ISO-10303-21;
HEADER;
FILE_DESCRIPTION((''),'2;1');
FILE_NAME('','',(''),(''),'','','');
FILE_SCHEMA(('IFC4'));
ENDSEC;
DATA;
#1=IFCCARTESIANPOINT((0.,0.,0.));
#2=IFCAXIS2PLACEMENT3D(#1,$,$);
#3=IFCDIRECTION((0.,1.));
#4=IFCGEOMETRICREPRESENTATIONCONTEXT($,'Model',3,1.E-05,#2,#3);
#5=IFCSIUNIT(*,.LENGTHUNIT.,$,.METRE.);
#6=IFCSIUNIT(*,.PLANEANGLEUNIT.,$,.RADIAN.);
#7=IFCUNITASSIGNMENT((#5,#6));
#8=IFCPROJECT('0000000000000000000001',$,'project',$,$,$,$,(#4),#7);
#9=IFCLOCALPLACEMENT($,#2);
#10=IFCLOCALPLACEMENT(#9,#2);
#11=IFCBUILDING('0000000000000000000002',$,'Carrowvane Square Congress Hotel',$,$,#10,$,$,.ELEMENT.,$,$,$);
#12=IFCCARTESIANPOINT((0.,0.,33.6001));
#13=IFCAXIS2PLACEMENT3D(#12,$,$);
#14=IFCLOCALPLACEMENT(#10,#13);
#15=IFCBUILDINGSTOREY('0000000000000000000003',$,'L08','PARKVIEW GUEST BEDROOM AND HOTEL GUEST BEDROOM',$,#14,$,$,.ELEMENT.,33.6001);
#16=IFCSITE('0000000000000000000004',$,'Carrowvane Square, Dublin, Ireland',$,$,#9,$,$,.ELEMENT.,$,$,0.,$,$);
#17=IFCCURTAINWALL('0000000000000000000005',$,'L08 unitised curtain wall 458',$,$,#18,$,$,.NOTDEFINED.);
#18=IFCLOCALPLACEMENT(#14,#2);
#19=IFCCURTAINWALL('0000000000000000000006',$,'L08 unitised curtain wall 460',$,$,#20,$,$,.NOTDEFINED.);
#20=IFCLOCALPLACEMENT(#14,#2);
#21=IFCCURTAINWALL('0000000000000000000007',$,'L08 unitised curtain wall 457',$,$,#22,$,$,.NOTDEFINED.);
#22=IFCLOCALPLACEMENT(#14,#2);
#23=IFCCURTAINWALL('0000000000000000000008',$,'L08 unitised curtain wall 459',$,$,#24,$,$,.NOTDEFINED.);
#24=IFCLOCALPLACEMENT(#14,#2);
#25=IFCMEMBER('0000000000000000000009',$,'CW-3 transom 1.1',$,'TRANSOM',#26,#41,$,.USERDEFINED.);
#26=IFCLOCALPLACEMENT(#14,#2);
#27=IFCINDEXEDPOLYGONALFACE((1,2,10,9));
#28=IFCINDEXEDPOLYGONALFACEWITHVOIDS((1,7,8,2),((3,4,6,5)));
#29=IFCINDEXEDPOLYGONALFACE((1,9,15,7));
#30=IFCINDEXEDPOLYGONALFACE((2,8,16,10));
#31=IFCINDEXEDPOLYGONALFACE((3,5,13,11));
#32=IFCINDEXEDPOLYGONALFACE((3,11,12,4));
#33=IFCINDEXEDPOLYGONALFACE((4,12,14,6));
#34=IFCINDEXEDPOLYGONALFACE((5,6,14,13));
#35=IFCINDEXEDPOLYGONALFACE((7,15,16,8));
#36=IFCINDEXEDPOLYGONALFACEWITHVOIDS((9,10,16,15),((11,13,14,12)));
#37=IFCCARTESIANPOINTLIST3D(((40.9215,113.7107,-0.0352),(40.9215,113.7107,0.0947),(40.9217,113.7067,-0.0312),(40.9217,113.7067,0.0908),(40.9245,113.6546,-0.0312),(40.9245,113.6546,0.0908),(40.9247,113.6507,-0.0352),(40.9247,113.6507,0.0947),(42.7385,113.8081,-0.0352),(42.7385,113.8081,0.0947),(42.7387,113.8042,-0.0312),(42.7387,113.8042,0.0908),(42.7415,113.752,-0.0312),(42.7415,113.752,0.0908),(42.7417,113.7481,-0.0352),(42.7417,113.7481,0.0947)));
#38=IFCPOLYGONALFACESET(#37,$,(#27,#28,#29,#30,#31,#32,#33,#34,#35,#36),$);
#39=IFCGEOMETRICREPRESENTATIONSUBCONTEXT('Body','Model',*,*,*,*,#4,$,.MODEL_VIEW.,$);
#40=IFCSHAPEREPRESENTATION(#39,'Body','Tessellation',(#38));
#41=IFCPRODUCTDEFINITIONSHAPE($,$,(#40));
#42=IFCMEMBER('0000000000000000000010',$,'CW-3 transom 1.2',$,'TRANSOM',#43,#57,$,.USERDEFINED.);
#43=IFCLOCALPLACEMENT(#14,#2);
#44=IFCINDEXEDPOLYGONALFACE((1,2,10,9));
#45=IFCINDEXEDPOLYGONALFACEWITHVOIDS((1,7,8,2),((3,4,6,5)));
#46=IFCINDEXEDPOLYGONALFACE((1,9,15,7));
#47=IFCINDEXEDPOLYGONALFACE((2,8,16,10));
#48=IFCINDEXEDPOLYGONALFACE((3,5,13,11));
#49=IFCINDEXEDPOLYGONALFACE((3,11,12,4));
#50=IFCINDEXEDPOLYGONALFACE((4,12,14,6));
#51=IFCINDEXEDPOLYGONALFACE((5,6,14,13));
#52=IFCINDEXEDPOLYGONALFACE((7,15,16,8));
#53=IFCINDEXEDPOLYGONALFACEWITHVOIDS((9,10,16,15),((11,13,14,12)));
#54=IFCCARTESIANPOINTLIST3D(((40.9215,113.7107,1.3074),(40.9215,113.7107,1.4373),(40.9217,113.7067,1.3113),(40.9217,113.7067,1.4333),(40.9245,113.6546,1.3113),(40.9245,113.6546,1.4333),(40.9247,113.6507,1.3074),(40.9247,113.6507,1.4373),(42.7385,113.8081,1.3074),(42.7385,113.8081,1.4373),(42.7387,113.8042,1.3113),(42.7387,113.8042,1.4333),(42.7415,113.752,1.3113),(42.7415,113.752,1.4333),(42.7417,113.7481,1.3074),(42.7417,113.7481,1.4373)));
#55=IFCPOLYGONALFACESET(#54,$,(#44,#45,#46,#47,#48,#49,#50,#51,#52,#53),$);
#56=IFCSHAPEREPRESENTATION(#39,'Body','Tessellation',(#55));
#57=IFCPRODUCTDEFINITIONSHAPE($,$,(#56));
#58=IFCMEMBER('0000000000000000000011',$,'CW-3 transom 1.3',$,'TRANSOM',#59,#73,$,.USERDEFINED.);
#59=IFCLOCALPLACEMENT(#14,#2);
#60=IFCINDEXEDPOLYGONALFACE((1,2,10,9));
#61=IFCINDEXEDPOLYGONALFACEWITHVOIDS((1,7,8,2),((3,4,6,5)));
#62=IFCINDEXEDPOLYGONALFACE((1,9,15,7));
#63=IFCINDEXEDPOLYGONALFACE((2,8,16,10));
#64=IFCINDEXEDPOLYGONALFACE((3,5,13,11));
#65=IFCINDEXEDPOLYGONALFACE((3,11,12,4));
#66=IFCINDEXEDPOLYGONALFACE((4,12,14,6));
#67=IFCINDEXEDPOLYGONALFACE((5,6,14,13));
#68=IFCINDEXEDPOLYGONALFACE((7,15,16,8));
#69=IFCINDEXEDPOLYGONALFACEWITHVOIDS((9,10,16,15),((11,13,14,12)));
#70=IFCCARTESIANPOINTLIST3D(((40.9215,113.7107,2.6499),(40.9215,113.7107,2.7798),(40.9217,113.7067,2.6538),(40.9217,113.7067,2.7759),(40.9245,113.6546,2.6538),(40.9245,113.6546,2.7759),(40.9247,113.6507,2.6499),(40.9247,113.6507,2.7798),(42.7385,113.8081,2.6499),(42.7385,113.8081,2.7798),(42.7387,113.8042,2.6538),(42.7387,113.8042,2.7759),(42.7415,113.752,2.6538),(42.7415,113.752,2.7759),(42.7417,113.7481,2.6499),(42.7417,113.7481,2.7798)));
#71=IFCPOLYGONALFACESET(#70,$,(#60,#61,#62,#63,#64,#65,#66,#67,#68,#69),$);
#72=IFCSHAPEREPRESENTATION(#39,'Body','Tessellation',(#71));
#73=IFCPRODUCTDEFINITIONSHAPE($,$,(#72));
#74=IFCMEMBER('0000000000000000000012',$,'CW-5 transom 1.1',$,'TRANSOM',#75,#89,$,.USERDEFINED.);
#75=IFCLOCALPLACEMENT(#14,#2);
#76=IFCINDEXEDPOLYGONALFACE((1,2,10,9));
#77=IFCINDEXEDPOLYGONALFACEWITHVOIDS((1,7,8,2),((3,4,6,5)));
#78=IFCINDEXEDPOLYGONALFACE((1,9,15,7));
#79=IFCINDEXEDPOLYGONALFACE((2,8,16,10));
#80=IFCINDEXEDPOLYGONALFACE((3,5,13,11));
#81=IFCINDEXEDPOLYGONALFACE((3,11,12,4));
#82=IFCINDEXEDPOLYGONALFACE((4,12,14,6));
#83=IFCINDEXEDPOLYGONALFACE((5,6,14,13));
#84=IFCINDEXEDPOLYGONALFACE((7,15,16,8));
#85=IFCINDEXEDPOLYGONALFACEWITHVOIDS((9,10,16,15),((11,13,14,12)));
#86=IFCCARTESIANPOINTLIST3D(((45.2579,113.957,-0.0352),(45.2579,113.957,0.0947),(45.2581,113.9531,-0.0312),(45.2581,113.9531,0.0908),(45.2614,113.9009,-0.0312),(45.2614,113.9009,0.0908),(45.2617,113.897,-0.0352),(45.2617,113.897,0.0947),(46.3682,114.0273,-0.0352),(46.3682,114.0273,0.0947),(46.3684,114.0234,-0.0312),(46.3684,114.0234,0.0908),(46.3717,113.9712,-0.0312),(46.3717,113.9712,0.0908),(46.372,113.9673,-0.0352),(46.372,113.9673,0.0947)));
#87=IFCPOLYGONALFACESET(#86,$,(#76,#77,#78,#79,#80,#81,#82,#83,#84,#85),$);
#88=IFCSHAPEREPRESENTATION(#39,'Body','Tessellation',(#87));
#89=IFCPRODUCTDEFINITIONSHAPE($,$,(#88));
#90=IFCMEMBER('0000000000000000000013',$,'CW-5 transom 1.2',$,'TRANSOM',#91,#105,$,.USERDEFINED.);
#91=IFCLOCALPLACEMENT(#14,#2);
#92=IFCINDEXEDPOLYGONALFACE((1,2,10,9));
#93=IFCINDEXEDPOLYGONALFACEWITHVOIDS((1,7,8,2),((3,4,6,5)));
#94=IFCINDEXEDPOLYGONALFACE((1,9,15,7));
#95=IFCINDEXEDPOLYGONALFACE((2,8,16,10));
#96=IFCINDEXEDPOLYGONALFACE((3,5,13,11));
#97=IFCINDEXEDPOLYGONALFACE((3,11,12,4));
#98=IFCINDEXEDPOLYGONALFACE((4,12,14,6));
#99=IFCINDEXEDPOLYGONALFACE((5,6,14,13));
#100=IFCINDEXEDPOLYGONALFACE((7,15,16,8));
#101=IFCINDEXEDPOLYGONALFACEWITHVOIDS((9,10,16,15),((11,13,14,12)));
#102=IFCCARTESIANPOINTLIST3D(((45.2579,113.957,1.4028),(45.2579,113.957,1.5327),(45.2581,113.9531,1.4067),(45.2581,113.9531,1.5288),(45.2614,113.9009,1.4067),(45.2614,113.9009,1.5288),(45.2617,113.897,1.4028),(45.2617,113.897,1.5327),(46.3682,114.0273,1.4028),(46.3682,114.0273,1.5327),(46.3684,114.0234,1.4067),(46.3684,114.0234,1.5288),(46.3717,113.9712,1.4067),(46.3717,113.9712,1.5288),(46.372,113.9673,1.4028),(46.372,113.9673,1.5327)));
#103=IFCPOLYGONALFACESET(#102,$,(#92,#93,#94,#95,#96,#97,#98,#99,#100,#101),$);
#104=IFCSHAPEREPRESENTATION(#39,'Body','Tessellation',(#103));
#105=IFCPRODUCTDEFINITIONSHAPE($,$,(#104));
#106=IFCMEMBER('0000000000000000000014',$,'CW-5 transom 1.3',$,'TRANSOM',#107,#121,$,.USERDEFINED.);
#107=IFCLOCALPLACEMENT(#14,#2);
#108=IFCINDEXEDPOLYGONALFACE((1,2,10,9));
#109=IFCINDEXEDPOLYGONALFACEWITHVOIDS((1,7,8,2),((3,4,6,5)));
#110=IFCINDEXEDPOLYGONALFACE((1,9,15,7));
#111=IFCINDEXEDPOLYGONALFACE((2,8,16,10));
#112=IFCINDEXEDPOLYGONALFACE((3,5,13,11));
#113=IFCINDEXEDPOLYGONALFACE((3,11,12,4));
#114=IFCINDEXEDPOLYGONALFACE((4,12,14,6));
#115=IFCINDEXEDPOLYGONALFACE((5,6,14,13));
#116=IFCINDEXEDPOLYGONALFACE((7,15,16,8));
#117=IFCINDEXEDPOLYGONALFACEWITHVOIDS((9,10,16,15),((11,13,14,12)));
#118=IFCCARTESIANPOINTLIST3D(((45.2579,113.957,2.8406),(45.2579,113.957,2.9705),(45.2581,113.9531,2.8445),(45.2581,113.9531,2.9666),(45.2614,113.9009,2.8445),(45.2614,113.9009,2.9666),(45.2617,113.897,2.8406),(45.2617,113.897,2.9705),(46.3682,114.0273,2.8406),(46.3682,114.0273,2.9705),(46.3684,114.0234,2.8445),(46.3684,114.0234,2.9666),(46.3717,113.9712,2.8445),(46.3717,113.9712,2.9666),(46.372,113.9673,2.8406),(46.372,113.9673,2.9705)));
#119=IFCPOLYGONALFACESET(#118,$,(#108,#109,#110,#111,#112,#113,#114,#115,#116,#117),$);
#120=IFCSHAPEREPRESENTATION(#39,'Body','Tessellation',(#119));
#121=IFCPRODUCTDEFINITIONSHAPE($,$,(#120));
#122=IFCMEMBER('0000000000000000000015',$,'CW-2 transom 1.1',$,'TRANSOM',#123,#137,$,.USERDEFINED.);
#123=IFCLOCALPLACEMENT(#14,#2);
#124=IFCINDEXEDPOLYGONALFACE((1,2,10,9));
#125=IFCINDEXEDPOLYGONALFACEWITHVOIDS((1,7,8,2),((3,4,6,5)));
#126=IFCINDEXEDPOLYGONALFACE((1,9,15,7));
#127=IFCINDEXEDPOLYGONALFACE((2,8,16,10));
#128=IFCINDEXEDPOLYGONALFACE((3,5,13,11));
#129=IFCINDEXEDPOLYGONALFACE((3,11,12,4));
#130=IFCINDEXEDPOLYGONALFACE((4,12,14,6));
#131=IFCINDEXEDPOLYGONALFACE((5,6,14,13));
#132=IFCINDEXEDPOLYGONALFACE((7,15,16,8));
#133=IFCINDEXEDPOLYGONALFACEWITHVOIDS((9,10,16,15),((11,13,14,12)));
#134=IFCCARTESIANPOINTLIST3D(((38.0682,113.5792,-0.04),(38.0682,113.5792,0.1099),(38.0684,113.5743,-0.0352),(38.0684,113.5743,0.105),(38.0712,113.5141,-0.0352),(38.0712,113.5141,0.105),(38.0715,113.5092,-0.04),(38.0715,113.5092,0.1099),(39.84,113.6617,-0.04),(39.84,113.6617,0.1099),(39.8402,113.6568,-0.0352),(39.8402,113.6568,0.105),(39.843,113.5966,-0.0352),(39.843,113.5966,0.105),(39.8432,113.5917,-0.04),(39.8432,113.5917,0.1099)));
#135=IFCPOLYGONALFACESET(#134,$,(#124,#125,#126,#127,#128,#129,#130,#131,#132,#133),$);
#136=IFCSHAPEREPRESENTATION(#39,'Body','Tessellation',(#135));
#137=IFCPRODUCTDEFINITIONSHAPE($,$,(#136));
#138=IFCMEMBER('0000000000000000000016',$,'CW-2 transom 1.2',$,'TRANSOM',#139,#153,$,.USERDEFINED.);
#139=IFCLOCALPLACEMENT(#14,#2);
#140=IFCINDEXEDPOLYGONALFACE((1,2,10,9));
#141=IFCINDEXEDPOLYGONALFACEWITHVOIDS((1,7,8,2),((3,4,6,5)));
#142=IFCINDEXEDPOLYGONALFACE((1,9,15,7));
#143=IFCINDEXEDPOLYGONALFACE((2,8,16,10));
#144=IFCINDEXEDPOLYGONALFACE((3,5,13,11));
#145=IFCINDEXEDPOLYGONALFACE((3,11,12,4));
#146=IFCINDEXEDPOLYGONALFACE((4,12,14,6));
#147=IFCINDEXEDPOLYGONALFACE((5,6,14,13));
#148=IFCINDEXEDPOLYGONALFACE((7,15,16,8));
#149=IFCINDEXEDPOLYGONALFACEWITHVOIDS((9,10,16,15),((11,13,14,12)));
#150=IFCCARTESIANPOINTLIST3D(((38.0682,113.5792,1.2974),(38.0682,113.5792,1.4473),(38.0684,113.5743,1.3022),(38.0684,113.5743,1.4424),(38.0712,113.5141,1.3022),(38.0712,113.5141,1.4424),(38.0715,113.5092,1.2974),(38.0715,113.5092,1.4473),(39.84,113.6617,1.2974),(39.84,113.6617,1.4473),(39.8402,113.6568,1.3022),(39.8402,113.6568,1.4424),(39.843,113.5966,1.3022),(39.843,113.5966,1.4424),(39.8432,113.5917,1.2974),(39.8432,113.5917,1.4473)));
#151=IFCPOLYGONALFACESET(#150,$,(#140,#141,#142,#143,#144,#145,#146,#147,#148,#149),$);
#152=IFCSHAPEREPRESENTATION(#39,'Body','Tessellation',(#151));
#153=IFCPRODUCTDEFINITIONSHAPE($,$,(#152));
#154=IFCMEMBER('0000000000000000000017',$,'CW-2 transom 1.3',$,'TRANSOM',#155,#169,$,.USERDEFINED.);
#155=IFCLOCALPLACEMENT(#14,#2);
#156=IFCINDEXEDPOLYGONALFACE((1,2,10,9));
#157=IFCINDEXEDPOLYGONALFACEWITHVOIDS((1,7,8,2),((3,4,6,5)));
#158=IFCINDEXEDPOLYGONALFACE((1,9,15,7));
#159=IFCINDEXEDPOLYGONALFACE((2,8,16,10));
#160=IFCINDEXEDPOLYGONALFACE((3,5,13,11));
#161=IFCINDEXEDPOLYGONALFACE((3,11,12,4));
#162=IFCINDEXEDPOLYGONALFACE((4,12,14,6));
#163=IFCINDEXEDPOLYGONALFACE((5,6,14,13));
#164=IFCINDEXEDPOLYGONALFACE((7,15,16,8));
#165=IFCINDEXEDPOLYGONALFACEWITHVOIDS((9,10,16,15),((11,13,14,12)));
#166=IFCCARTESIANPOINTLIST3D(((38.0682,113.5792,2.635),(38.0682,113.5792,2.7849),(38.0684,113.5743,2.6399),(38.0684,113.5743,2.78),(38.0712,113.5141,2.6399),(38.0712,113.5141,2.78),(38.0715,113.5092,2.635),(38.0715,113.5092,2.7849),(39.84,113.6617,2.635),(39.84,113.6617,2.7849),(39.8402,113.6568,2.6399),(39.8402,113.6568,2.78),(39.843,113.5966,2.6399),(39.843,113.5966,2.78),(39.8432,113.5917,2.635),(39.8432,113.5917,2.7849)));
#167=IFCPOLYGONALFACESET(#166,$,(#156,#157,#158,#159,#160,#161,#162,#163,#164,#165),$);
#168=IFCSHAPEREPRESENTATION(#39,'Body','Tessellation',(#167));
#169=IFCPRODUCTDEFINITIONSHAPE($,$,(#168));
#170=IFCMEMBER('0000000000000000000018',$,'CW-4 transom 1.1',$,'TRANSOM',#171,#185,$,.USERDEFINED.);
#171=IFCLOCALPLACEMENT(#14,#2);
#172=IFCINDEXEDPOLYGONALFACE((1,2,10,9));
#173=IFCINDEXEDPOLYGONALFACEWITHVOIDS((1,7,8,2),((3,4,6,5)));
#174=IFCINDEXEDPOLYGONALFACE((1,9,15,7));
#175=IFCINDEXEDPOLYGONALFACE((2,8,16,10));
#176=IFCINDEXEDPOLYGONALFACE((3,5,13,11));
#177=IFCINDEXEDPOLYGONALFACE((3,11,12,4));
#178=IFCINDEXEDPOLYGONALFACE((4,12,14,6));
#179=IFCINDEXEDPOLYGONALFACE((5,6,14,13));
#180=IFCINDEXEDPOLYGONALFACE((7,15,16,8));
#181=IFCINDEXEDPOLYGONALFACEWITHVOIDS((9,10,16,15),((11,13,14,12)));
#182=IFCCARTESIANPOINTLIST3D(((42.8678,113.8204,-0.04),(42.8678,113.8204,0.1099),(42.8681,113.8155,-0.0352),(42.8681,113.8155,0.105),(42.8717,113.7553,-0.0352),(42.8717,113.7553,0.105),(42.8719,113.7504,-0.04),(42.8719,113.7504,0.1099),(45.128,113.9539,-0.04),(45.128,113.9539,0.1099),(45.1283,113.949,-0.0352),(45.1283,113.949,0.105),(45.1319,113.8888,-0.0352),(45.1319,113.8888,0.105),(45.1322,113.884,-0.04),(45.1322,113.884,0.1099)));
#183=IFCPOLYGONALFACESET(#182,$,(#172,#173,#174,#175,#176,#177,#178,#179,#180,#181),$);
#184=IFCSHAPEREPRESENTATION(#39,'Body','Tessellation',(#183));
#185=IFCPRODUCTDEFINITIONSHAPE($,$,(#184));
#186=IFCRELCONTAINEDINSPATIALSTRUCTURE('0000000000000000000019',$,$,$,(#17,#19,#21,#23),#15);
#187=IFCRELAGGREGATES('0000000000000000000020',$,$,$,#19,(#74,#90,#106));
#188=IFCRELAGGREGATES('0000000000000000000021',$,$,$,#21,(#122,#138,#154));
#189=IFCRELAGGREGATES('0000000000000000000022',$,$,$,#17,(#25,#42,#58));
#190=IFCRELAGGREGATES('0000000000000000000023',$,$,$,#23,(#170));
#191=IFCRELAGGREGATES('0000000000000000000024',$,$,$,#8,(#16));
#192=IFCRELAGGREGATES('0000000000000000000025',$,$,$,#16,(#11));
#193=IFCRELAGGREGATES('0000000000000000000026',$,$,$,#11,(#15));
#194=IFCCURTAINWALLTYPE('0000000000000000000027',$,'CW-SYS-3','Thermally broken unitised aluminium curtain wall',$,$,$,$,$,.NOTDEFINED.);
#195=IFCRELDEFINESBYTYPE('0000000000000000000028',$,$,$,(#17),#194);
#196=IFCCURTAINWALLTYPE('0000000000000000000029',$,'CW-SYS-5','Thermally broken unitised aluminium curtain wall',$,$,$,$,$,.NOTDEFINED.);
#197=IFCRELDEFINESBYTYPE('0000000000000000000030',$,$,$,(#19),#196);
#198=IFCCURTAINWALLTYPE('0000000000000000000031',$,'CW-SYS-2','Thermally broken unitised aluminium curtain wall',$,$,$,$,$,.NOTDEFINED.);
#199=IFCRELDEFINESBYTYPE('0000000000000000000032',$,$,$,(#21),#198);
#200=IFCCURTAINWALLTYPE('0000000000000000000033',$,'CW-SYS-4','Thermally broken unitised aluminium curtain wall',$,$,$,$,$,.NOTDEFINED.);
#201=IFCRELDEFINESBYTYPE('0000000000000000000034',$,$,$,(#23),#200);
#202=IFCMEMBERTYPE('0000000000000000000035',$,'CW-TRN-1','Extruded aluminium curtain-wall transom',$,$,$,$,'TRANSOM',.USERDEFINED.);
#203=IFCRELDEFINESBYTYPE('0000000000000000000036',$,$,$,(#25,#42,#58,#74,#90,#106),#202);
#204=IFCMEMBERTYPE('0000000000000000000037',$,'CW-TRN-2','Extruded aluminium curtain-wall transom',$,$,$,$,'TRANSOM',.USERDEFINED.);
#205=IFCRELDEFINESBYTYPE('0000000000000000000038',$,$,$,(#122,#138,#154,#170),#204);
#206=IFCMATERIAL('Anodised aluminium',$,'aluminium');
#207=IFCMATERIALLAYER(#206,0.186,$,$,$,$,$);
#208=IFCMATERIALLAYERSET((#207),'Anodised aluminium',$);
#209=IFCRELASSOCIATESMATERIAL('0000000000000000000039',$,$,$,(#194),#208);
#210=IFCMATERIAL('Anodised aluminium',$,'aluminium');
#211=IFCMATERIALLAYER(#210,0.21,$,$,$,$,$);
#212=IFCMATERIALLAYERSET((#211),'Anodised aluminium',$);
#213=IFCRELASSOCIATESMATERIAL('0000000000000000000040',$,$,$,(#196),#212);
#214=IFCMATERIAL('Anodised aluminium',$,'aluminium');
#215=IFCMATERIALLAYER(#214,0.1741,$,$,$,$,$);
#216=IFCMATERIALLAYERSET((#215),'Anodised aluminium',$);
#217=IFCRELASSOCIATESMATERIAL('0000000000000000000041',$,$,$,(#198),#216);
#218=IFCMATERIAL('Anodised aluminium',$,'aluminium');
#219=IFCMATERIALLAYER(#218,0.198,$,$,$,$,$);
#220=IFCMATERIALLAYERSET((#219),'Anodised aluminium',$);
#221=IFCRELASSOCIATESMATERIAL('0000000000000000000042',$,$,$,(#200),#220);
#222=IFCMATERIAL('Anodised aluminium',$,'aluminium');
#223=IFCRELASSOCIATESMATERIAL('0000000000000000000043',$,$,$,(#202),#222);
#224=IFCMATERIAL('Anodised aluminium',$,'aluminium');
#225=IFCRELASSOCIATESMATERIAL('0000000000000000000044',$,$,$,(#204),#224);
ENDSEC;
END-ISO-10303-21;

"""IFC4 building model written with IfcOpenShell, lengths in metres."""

from ifc_helpers import new_model, si_unit, direction, frame, origin, origin_2d, place, context, subcontext, project, spatial, hollow_rectangle, extrude, material, layer, layer_set, material_profile, profile_set, type_object, element, aggregate, save


model = new_model("IFC4")

# Units and contexts
model_context = context("Model", 3, precision=1e-05, world=origin(), true_north=direction((0.0, 1.0)))
body_context = subcontext(model_context, "Body", "Model", "MODEL_VIEW")
ifc_project = project(units=[si_unit("LENGTHUNIT", "METRE"), si_unit("PLANEANGLEUNIT", "RADIAN")], contexts=[model_context])

# Site, building, storey
site_placement = place(None, origin())
site = spatial("IfcSite", under=ifc_project, at=site_placement, Name="Carrowvane Square, Dublin, Ireland", CompositionType="ELEMENT", RefElevation=0.0)
building_placement = place(site_placement, origin())
building = spatial("IfcBuilding", under=site, at=building_placement, Name="Carrowvane Square Congress Hotel", CompositionType="ELEMENT")
storey_placement = place(building_placement, frame((0.0, 0.0, 33.6001)))
storey = spatial("IfcBuildingStorey", under=building, at=storey_placement, Name="L08", Description="PARKVIEW GUEST BEDROOM AND HOTEL GUEST BEDROOM", CompositionType="ELEMENT", Elevation=33.6001)

# Curtain wall
ifc_material_1 = material(Name="Anodised aluminium", Category="aluminium")
ifc_layer_1 = layer(ifc_material_1, 0.186)
ifc_layer_set_1 = layer_set([ifc_layer_1], Name="Anodised aluminium")
curtain_wall_type_1 = type_object("IfcCurtainWallType", Name="CW-SYS-3", Description="Thermally broken unitised aluminium curtain wall", PredefinedType="NOTDEFINED", material=ifc_layer_set_1)
curtain_wall_1_placement = place(storey_placement, origin())
curtain_wall_1 = element("IfcCurtainWall", 1, at=curtain_wall_1_placement, inside=storey, type_object=curtain_wall_type_1, Name="L08 unitised curtain wall 458", PredefinedType="NOTDEFINED")

# Curtain wall
ifc_material_2 = material(Name="Anodised aluminium", Category="aluminium")
ifc_layer_2 = layer(ifc_material_2, 0.21)
ifc_layer_set_2 = layer_set([ifc_layer_2], Name="Anodised aluminium")
curtain_wall_type_2 = type_object("IfcCurtainWallType", Name="CW-SYS-5", Description="Thermally broken unitised aluminium curtain wall", PredefinedType="NOTDEFINED", material=ifc_layer_set_2)
curtain_wall_2_placement = place(storey_placement, origin())
curtain_wall_2 = element("IfcCurtainWall", 2, at=curtain_wall_2_placement, inside=storey, type_object=curtain_wall_type_2, Name="L08 unitised curtain wall 460", PredefinedType="NOTDEFINED")

# Curtain walls
ifc_material_3 = material(Name="Anodised aluminium", Category="aluminium")
ifc_layer_3 = layer(ifc_material_3, 0.1741)
ifc_layer_set_3 = layer_set([ifc_layer_3], Name="Anodised aluminium")
curtain_wall_type_3 = type_object("IfcCurtainWallType", Name="CW-SYS-2", Description="Thermally broken unitised aluminium curtain wall", PredefinedType="NOTDEFINED", material=ifc_layer_set_3)
curtain_wall_3_placement = place(storey_placement, origin())
curtain_wall_3 = element("IfcCurtainWall", 3, at=curtain_wall_3_placement, inside=storey, type_object=curtain_wall_type_3, Name="L08 unitised curtain wall 457", PredefinedType="NOTDEFINED")
ifc_material_4 = material(Name="Anodised aluminium", Category="aluminium")
ifc_layer_4 = layer(ifc_material_4, 0.198)
ifc_layer_set_4 = layer_set([ifc_layer_4], Name="Anodised aluminium")
curtain_wall_type_4 = type_object("IfcCurtainWallType", Name="CW-SYS-4", Description="Thermally broken unitised aluminium curtain wall", PredefinedType="NOTDEFINED", material=ifc_layer_set_4)
curtain_wall_4_placement = place(storey_placement, origin())
curtain_wall_4 = element("IfcCurtainWall", 4, at=curtain_wall_4_placement, inside=storey, type_object=curtain_wall_type_4, Name="L08 unitised curtain wall 459", PredefinedType="NOTDEFINED")

# Members
ifc_material_5 = material(Name="Anodised aluminium", Category="aluminium")
ifc_material_profile_1 = material_profile(ifc_material_5, hollow_rectangle(XDim=0.0601, YDim=0.1299, WallThickness=0.0039, at=origin_2d()), Name="CW-TR 60x130x4")
ifc_profile_set_1 = profile_set([ifc_material_profile_1], Name="Anodised aluminium")
member_type_1 = type_object("IfcMemberType", Name="CW-TRN-1", Description="Extruded aluminium curtain-wall transom", ElementType="TRANSOM", PredefinedType="USERDEFINED", material=ifc_profile_set_1)
member_1_placement = place(storey_placement, frame((40.9231, 113.6807, 0.0298), z_axis=(0.998566, 0.053538, 0.0), x_axis=(-0.053538, 0.998566, 0.0)))
member_1 = element("IfcMember", 5, at=member_1_placement, type_object=member_type_1, Name="CW-3 transom 1.1", ObjectType="TRANSOM", PredefinedType="USERDEFINED", context=body_context, shape_type="SweptSolid", body=[
    extrude(hollow_rectangle(XDim=0.0601, YDim=0.1299, WallThickness=0.0039, at=origin_2d()), origin(), (0.0, 0.0, 1.0), 1.8196),
])
member_2_placement = place(storey_placement, frame((40.9231, 113.6807, 1.3723), z_axis=(0.998566, 0.053538, 0.0), x_axis=(-0.053538, 0.998566, 0.0)))
member_2 = element("IfcMember", 6, at=member_2_placement, type_object=member_type_1, Name="CW-3 transom 1.2", ObjectType="TRANSOM", PredefinedType="USERDEFINED", context=body_context, shape_type="SweptSolid", body=[
    extrude(hollow_rectangle(XDim=0.0601, YDim=0.1299, WallThickness=0.0039, at=origin_2d()), origin(), (0.0, 0.0, 1.0), 1.8196),
])
member_3_placement = place(storey_placement, frame((40.9231, 113.6807, 2.7148), z_axis=(0.998566, 0.053538, 0.0), x_axis=(-0.053538, 0.998566, 0.0)))
member_3 = element("IfcMember", 7, at=member_3_placement, type_object=member_type_1, Name="CW-3 transom 1.3", ObjectType="TRANSOM", PredefinedType="USERDEFINED", context=body_context, shape_type="SweptSolid", body=[
    extrude(hollow_rectangle(XDim=0.0601, YDim=0.1299, WallThickness=0.0039, at=origin_2d()), origin(), (0.0, 0.0, 1.0), 1.8196),
])
member_4_placement = place(storey_placement, frame((45.2598, 113.927, 0.0298), z_axis=(0.998001, 0.063198, 0.0), x_axis=(-0.063198, 0.998001, 0.0)))
member_4 = element("IfcMember", 8, at=member_4_placement, type_object=member_type_1, Name="CW-5 transom 1.1", ObjectType="TRANSOM", PredefinedType="USERDEFINED", context=body_context, shape_type="SweptSolid", body=[
    extrude(hollow_rectangle(XDim=0.0601, YDim=0.1299, WallThickness=0.0039, at=origin_2d()), origin(), (0.0, 0.0, 1.0), 1.1125),
])
member_5_placement = place(storey_placement, frame((45.2598, 113.927, 1.4678), z_axis=(0.998001, 0.063198, 0.0), x_axis=(-0.063198, 0.998001, 0.0)))
member_5 = element("IfcMember", 9, at=member_5_placement, type_object=member_type_1, Name="CW-5 transom 1.2", ObjectType="TRANSOM", PredefinedType="USERDEFINED", context=body_context, shape_type="SweptSolid", body=[
    extrude(hollow_rectangle(XDim=0.0601, YDim=0.1299, WallThickness=0.0039, at=origin_2d()), origin(), (0.0, 0.0, 1.0), 1.1125),
])
member_6_placement = place(storey_placement, frame((45.2598, 113.927, 2.9055), z_axis=(0.998001, 0.063198, 0.0), x_axis=(-0.063198, 0.998001, 0.0)))
member_6 = element("IfcMember", 10, at=member_6_placement, type_object=member_type_1, Name="CW-5 transom 1.3", ObjectType="TRANSOM", PredefinedType="USERDEFINED", context=body_context, shape_type="SweptSolid", body=[
    extrude(hollow_rectangle(XDim=0.0601, YDim=0.1299, WallThickness=0.0039, at=origin_2d()), origin(), (0.0, 0.0, 1.0), 1.1125),
])
ifc_material_6 = material(Name="Anodised aluminium", Category="aluminium")
ifc_material_profile_2 = material_profile(ifc_material_6, hollow_rectangle(XDim=0.0701, YDim=0.1499, WallThickness=0.0049, at=origin_2d()), Name="CW-TR 70x150x5")
ifc_profile_set_2 = profile_set([ifc_material_profile_2], Name="Anodised aluminium")
member_type_2 = type_object("IfcMemberType", Name="CW-TRN-2", Description="Extruded aluminium curtain-wall transom", ElementType="TRANSOM", PredefinedType="USERDEFINED", material=ifc_profile_set_2)
member_7_placement = place(storey_placement, frame((38.0698, 113.5442, 0.0349), z_axis=(0.998917, 0.046525, 0.0), x_axis=(-0.046525, 0.998917, 0.0)))
member_7 = element("IfcMember", 11, at=member_7_placement, type_object=member_type_2, Name="CW-2 transom 1.1", ObjectType="TRANSOM", PredefinedType="USERDEFINED", context=body_context, shape_type="SweptSolid", body=[
    extrude(hollow_rectangle(XDim=0.0701, YDim=0.1499, WallThickness=0.0049, at=origin_2d()), origin(), (0.0, 0.0, 1.0), 1.7737),
])
member_8_placement = place(storey_placement, frame((38.0698, 113.5442, 1.3723), z_axis=(0.998917, 0.046525, 0.0), x_axis=(-0.046525, 0.998917, 0.0)))
member_8 = element("IfcMember", 12, at=member_8_placement, type_object=member_type_2, Name="CW-2 transom 1.2", ObjectType="TRANSOM", PredefinedType="USERDEFINED", context=body_context, shape_type="SweptSolid", body=[
    extrude(hollow_rectangle(XDim=0.0701, YDim=0.1499, WallThickness=0.0049, at=origin_2d()), origin(), (0.0, 0.0, 1.0), 1.7737),
])
member_9_placement = place(storey_placement, frame((38.0698, 113.5442, 2.71), z_axis=(0.998917, 0.046525, 0.0), x_axis=(-0.046525, 0.998917, 0.0)))
member_9 = element("IfcMember", 13, at=member_9_placement, type_object=member_type_2, Name="CW-2 transom 1.3", ObjectType="TRANSOM", PredefinedType="USERDEFINED", context=body_context, shape_type="SweptSolid", body=[
    extrude(hollow_rectangle(XDim=0.0701, YDim=0.1499, WallThickness=0.0049, at=origin_2d()), origin(), (0.0, 0.0, 1.0), 1.7737),
])
member_10_placement = place(storey_placement, frame((42.8699, 113.7854, 0.0349), z_axis=(0.998259, 0.058981, 0.0), x_axis=(-0.058981, 0.998259, 0.0)))
member_10 = element("IfcMember", 14, at=member_10_placement, type_object=member_type_2, Name="CW-4 transom 1.1", ObjectType="TRANSOM", PredefinedType="USERDEFINED", context=body_context, shape_type="SweptSolid", body=[
    extrude(hollow_rectangle(XDim=0.0701, YDim=0.1499, WallThickness=0.0049, at=origin_2d()), origin(), (0.0, 0.0, 1.0), 2.2642),
])

aggregate(curtain_wall_2, [member_4, member_5, member_6])
aggregate(curtain_wall_3, [member_7, member_8, member_9])
aggregate(curtain_wall_1, [member_1, member_2, member_3])
aggregate(curtain_wall_4, [member_10])

save(model, "model.ifc")
